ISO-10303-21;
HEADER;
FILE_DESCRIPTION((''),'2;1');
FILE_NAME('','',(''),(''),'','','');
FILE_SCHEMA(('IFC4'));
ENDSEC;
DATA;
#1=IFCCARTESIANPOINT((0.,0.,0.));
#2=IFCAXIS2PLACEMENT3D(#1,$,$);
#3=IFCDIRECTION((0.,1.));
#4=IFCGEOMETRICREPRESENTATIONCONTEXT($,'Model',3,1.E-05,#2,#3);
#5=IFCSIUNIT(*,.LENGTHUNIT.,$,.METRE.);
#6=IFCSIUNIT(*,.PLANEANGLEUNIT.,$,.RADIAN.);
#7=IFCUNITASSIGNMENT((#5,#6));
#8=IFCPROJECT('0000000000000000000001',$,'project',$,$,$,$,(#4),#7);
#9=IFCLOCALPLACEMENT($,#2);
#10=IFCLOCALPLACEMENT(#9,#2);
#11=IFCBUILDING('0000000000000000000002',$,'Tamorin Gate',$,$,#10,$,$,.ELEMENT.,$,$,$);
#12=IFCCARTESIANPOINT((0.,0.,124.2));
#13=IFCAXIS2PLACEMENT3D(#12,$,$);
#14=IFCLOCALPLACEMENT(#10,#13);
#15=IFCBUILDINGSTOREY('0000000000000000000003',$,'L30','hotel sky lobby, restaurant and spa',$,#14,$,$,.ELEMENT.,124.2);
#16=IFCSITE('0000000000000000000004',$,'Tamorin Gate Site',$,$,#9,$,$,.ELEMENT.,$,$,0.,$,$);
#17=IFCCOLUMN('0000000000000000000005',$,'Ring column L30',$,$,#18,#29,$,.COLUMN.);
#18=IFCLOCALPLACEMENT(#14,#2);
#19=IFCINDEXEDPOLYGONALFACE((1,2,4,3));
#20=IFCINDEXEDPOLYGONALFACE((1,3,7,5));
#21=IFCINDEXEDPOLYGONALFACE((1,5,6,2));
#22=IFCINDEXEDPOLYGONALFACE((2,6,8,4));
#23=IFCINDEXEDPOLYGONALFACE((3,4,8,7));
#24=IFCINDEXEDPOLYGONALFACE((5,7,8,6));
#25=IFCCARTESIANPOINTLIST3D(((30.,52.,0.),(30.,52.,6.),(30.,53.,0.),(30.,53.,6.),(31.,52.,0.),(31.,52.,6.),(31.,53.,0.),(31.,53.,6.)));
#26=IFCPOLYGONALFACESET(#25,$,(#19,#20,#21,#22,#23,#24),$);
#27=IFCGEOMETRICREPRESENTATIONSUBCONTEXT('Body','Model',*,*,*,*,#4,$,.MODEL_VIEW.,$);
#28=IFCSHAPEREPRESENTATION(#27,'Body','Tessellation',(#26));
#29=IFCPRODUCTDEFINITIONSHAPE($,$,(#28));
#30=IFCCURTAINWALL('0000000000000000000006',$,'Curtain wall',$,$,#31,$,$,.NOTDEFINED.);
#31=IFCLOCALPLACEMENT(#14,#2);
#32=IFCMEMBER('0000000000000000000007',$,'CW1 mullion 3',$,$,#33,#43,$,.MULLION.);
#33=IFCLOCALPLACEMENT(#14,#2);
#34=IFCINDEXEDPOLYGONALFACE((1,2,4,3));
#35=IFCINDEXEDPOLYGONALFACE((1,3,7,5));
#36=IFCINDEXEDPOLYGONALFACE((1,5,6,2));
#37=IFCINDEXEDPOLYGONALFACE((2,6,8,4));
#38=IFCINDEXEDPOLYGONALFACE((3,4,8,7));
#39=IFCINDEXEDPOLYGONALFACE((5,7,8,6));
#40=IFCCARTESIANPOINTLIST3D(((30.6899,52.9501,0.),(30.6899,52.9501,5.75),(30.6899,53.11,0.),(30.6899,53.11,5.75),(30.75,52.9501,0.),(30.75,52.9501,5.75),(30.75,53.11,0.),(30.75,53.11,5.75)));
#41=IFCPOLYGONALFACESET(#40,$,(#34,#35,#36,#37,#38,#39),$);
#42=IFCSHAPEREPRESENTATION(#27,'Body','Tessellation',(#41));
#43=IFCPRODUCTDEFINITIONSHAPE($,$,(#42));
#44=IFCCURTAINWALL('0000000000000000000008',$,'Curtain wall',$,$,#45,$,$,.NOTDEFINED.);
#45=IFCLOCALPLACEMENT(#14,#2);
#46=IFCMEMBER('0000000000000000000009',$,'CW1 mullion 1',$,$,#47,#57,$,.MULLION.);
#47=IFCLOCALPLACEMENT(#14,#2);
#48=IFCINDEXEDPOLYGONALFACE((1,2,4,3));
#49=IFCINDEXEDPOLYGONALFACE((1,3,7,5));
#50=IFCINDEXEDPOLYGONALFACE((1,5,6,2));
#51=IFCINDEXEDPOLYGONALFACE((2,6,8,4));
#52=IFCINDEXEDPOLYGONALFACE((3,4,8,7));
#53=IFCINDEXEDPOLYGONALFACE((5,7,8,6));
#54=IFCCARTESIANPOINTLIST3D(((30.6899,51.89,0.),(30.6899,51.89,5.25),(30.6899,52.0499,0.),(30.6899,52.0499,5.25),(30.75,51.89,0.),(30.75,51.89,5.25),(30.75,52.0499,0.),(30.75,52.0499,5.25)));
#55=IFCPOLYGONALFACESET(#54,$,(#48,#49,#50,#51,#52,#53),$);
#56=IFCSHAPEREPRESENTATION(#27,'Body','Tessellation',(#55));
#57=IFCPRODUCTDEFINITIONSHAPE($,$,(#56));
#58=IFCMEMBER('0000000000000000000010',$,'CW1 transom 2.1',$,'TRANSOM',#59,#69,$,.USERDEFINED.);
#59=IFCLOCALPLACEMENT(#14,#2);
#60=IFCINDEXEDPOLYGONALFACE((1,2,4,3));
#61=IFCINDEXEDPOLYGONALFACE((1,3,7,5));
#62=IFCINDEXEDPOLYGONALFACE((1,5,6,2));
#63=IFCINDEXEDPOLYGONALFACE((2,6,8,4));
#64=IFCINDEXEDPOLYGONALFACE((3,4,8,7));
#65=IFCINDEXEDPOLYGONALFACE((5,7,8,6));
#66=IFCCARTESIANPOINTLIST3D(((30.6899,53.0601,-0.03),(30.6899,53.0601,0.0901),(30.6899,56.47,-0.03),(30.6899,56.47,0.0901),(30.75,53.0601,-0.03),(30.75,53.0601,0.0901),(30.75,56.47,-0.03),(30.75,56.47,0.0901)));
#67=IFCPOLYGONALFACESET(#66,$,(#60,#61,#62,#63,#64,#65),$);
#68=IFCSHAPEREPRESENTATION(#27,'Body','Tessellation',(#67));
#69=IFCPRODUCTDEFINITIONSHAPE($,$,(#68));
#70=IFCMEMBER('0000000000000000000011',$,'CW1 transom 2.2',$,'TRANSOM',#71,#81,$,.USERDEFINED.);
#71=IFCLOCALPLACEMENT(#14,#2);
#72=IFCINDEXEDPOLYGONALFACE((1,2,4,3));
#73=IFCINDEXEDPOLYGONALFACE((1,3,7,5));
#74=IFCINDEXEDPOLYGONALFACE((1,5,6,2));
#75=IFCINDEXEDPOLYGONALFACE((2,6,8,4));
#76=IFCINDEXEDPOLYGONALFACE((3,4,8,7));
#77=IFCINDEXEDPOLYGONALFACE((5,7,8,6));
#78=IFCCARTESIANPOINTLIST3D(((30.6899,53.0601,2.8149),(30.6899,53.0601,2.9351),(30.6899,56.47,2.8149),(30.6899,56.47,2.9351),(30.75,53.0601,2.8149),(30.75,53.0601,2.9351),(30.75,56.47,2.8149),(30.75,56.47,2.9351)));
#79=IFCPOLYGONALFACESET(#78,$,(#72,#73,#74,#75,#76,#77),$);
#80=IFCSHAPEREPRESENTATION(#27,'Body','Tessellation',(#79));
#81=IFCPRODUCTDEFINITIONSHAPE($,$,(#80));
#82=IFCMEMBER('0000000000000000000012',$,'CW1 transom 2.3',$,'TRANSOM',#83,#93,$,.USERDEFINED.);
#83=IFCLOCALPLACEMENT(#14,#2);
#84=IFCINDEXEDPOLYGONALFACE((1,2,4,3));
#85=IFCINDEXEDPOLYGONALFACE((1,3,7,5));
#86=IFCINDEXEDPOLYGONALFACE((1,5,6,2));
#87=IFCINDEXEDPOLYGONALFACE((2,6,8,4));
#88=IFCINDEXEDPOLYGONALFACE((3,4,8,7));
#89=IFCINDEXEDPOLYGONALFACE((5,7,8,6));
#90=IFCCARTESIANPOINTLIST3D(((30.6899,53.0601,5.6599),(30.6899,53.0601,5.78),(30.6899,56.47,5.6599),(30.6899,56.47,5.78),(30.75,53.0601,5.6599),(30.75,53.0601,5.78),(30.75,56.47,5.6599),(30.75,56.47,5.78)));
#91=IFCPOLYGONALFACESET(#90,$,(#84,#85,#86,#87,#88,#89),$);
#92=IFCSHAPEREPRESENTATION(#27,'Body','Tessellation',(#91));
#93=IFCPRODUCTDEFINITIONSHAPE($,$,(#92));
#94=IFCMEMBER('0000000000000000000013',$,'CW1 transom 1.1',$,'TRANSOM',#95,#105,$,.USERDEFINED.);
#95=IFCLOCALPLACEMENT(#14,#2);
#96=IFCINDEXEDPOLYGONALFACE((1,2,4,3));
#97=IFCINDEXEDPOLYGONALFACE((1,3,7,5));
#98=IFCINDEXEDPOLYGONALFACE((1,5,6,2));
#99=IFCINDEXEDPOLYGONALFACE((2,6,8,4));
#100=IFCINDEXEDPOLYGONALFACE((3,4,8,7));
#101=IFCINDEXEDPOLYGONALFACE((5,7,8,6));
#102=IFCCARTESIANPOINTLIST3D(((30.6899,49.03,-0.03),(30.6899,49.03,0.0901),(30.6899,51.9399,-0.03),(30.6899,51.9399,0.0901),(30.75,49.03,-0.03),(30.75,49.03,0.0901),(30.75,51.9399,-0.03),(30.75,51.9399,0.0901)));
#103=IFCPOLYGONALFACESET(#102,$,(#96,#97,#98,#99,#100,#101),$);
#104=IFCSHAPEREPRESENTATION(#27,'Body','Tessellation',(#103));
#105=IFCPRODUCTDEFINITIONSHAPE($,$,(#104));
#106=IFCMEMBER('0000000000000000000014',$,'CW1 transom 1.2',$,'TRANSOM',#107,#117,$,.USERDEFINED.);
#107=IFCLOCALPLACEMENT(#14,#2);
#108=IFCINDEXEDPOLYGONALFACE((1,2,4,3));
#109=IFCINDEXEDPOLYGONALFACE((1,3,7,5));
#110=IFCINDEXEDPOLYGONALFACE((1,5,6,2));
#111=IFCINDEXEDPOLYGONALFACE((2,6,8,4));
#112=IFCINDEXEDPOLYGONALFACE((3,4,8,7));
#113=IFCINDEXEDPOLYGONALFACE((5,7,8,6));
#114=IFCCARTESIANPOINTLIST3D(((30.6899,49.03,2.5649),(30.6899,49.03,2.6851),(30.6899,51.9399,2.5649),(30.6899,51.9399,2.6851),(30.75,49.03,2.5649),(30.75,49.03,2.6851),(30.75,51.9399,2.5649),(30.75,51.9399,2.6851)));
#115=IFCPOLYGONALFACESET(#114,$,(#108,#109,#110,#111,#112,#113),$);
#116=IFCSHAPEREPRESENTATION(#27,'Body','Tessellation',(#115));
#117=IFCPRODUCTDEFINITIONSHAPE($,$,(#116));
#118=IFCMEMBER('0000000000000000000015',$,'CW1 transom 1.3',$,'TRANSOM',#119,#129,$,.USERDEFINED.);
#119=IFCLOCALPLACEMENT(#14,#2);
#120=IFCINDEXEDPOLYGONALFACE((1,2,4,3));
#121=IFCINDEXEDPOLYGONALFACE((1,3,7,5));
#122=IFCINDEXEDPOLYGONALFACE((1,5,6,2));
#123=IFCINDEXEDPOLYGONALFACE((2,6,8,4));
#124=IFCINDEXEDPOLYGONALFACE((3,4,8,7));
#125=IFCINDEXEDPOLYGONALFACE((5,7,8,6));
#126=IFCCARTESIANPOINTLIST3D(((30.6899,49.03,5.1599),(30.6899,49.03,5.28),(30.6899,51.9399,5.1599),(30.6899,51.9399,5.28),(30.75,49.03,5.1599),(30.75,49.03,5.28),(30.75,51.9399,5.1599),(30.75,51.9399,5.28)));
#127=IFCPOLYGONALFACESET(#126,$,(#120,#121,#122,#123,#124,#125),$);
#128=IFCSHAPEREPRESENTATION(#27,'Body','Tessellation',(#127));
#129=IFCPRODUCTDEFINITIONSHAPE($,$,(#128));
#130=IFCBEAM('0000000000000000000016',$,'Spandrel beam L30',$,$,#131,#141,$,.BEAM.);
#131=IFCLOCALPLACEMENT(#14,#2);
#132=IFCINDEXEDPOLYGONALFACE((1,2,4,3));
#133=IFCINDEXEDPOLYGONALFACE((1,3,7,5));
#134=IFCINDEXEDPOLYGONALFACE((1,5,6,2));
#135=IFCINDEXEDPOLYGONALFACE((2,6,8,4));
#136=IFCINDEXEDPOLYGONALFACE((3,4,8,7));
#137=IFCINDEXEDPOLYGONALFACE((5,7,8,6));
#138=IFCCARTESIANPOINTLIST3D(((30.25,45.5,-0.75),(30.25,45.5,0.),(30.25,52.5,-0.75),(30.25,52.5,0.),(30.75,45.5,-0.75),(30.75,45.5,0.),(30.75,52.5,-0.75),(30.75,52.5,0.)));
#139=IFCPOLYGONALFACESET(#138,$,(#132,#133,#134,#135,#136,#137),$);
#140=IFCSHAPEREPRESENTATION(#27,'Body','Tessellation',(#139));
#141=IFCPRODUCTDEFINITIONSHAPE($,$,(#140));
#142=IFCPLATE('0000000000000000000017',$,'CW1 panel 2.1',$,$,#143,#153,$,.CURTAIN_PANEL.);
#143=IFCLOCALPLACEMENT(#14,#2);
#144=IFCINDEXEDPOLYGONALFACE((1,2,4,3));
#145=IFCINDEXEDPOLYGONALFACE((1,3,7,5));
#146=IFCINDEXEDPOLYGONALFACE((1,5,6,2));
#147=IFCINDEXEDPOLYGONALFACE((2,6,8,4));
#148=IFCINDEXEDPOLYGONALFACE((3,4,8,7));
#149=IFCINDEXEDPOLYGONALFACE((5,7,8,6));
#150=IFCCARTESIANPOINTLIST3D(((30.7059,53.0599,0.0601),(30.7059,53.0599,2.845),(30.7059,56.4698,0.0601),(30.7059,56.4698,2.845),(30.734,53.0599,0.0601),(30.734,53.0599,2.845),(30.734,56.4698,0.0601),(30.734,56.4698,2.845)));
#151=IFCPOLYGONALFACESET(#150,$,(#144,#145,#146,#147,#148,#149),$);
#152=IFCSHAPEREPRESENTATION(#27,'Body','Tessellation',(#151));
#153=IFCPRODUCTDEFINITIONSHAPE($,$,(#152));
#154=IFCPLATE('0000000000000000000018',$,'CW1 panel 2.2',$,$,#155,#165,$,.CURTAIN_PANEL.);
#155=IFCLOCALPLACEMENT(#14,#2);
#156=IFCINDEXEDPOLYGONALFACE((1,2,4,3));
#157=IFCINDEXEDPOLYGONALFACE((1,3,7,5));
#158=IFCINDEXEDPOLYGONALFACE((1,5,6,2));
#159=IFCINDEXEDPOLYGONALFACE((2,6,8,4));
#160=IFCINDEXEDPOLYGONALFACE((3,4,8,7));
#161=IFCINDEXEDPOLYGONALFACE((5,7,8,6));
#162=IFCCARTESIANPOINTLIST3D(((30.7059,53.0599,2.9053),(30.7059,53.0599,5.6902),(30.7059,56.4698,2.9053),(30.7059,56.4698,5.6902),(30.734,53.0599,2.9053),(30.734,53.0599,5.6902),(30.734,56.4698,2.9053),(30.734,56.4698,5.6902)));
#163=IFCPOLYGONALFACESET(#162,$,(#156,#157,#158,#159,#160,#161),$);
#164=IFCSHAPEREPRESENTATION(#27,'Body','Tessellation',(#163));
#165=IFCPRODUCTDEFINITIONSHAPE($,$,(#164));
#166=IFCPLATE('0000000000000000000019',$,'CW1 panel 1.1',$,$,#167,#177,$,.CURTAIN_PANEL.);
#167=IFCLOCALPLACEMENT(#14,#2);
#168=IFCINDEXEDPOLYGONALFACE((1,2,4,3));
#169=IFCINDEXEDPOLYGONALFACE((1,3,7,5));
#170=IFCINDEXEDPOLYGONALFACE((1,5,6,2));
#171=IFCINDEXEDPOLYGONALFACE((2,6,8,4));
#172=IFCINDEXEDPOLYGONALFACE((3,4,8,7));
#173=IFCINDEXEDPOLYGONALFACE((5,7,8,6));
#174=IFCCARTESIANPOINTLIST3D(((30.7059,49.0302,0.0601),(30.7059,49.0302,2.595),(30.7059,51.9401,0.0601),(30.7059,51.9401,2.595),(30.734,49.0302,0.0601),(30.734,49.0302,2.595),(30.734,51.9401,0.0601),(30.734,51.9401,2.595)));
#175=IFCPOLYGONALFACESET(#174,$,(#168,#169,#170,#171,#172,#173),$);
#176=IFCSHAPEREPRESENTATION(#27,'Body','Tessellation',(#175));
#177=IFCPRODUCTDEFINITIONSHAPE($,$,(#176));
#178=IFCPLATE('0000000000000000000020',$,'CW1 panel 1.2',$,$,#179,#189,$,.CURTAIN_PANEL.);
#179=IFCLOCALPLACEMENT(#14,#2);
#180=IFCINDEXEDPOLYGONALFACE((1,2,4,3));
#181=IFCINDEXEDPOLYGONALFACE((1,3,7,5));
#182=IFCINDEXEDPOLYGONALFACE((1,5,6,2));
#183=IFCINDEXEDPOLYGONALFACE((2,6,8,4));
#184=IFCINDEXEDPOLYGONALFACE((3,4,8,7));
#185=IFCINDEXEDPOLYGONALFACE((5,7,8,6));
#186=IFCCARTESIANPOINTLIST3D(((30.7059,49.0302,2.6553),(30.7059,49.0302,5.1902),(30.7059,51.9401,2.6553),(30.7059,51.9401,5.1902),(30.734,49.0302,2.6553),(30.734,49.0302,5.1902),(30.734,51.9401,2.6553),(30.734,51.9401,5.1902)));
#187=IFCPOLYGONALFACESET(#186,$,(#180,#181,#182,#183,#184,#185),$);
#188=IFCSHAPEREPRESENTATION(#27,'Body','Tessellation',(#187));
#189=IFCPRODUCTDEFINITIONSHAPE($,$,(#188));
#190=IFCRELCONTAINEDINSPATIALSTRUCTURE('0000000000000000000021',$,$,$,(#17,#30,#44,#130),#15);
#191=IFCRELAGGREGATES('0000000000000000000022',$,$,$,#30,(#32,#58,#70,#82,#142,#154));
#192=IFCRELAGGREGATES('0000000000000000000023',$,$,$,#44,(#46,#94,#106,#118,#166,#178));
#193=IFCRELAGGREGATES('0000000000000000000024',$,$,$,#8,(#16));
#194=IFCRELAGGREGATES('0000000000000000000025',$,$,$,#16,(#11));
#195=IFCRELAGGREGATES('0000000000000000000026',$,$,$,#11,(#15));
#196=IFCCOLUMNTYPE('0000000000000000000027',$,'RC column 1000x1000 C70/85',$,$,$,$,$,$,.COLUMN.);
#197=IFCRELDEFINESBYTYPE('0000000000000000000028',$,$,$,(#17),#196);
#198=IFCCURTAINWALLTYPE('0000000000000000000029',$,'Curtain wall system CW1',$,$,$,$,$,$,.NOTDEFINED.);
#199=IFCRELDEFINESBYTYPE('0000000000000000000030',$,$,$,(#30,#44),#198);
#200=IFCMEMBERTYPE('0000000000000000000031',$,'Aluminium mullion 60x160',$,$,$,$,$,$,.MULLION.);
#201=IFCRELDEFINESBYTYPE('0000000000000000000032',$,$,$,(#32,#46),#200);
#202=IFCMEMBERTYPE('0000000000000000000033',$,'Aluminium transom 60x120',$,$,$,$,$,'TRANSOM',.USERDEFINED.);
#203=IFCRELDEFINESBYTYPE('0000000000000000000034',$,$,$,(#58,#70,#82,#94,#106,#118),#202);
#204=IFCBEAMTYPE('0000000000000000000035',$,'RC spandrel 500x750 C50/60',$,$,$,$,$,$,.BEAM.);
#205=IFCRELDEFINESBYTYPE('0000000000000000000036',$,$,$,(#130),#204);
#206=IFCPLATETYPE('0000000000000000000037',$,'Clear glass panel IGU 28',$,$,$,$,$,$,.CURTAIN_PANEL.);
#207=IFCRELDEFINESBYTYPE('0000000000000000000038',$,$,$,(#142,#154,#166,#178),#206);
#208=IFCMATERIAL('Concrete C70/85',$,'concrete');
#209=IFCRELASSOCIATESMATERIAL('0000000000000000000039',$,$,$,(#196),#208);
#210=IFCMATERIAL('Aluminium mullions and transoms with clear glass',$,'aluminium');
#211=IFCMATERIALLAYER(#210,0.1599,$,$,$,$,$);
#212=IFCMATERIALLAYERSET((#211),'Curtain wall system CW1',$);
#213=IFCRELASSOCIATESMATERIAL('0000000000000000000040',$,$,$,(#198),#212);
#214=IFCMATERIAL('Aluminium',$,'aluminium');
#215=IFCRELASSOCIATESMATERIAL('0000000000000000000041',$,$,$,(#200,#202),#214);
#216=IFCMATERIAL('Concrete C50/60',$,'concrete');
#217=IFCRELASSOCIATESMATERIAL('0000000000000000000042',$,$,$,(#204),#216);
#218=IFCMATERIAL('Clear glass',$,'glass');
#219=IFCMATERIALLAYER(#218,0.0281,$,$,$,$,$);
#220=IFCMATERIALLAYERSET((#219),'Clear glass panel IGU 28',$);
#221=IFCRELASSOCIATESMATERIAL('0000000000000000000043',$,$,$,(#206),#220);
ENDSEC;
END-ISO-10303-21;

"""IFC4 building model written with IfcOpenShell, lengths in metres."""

from ifc_helpers import new_model, si_unit, direction, frame, origin, origin_2d, place, context, subcontext, project, spatial, rectangle, extrude, material, layer, layer_set, material_profile, profile_set, type_object, element, aggregate, save


model = new_model("IFC4")

# Units and contexts
model_context = context("Model", 3, precision=1e-05, world=origin(), true_north=direction((0.0, 1.0)))
body_context = subcontext(model_context, "Body", "Model", "MODEL_VIEW")
ifc_project = project(units=[si_unit("LENGTHUNIT", "METRE"), si_unit("PLANEANGLEUNIT", "RADIAN")], contexts=[model_context])

# Site, building, storey
site_placement = place(None, origin())
site = spatial("IfcSite", under=ifc_project, at=site_placement, Name="Tamorin Gate Site", CompositionType="ELEMENT", RefElevation=0.0)
building_placement = place(site_placement, origin())
building = spatial("IfcBuilding", under=site, at=building_placement, Name="Tamorin Gate", CompositionType="ELEMENT")
storey_placement = place(building_placement, frame((0.0, 0.0, 124.2)))
storey = spatial("IfcBuildingStorey", under=building, at=storey_placement, Name="L30", Description="hotel sky lobby, restaurant and spa", CompositionType="ELEMENT", Elevation=124.2)

# Column
ifc_material_1 = material(Name="Concrete C70/85", Category="concrete")
ifc_material_profile_1 = material_profile(ifc_material_1, rectangle(XDim=1.0, YDim=1.0, at=origin_2d()), Name="RC 1000x1000")
ifc_profile_set_1 = profile_set([ifc_material_profile_1], Name="Concrete C70/85")
column_type = type_object("IfcColumnType", Name="RC column 1000x1000 C70/85", PredefinedType="COLUMN", material=ifc_profile_set_1)
column_placement = place(storey_placement, frame((30.5, 52.5, 0.0), z_axis=(0.0, 0.0, 1.0), x_axis=(1.0, 0.0, 0.0)))
element("IfcColumn", 1, at=column_placement, inside=storey, type_object=column_type, Name="Ring column L30", PredefinedType="COLUMN", context=body_context, shape_type="SweptSolid", body=[
    extrude(rectangle(XDim=1.0, YDim=1.0, at=origin_2d()), origin(), (0.0, 0.0, 1.0), 6.0),
])

# Curtain walls, members
ifc_material_2 = material(Name="Aluminium mullions and transoms with clear glass", Category="aluminium")
ifc_layer_1 = layer(ifc_material_2, 0.1599)
ifc_layer_set_1 = layer_set([ifc_layer_1], Name="Curtain wall system CW1")
curtain_wall_type = type_object("IfcCurtainWallType", Name="Curtain wall system CW1", PredefinedType="NOTDEFINED", material=ifc_layer_set_1)
curtain_wall_1_placement = place(storey_placement, origin())
curtain_wall_1 = element("IfcCurtainWall", 2, at=curtain_wall_1_placement, inside=storey, type_object=curtain_wall_type, Name="Curtain wall", PredefinedType="NOTDEFINED")
ifc_material_3 = material(Name="Aluminium", Category="aluminium")
ifc_material_profile_2 = material_profile(ifc_material_3, rectangle(XDim=0.0601, YDim=0.1599, at=origin_2d()), Name="RECT 60x160")
ifc_profile_set_2 = profile_set([ifc_material_profile_2], Name="Aluminium")
member_type_1 = type_object("IfcMemberType", Name="Aluminium mullion 60x160", PredefinedType="MULLION", material=ifc_profile_set_2)
member_1_placement = place(storey_placement, frame((30.72, 53.03, 0.0), z_axis=(0.0, 0.0, 1.0), x_axis=(1.0, 0.0, 0.0)))
member_1 = element("IfcMember", 3, at=member_1_placement, type_object=member_type_1, Name="CW1 mullion 3", PredefinedType="MULLION", context=body_context, shape_type="SweptSolid", body=[
    extrude(rectangle(XDim=0.0601, YDim=0.1599, at=origin_2d()), origin(), (0.0, 0.0, 1.0), 5.75),
])
curtain_wall_2_placement = place(storey_placement, origin())
curtain_wall_2 = element("IfcCurtainWall", 4, at=curtain_wall_2_placement, inside=storey, type_object=curtain_wall_type, Name="Curtain wall", PredefinedType="NOTDEFINED")
member_2_placement = place(storey_placement, frame((30.72, 51.97, 0.0), z_axis=(0.0, 0.0, 1.0), x_axis=(1.0, 0.0, 0.0)))
member_2 = element("IfcMember", 5, at=member_2_placement, type_object=member_type_1, Name="CW1 mullion 1", PredefinedType="MULLION", context=body_context, shape_type="SweptSolid", body=[
    extrude(rectangle(XDim=0.0601, YDim=0.1599, at=origin_2d()), origin(), (0.0, 0.0, 1.0), 5.25),
])

# Members
ifc_material_profile_3 = material_profile(ifc_material_3, rectangle(XDim=0.0601, YDim=0.1201, at=origin_2d()), Name="RECT 60x120")
ifc_profile_set_3 = profile_set([ifc_material_profile_3], Name="Aluminium")
member_type_2 = type_object("IfcMemberType", Name="Aluminium transom 60x120", ElementType="TRANSOM", PredefinedType="USERDEFINED", material=ifc_profile_set_3)
member_3_placement = place(storey_placement, frame((30.72, 56.47, 0.03), z_axis=(0.0, -1.0, 0.0), x_axis=(1.0, 0.0, 0.0)))
member_3 = element("IfcMember", 6, at=member_3_placement, type_object=member_type_2, Name="CW1 transom 2.1", ObjectType="TRANSOM", PredefinedType="USERDEFINED", context=body_context, shape_type="SweptSolid", body=[
    extrude(rectangle(XDim=0.0601, YDim=0.1201, at=origin_2d()), origin(), (0.0, 0.0, 1.0), 3.4099),
])
member_4_placement = place(storey_placement, frame((30.72, 56.47, 2.875), z_axis=(0.0, -1.0, 0.0), x_axis=(1.0, 0.0, 0.0)))
member_4 = element("IfcMember", 7, at=member_4_placement, type_object=member_type_2, Name="CW1 transom 2.2", ObjectType="TRANSOM", PredefinedType="USERDEFINED", context=body_context, shape_type="SweptSolid", body=[
    extrude(rectangle(XDim=0.0601, YDim=0.1201, at=origin_2d()), origin(), (0.0, 0.0, 1.0), 3.4099),
])
member_5_placement = place(storey_placement, frame((30.72, 56.47, 5.72), z_axis=(0.0, -1.0, 0.0), x_axis=(1.0, 0.0, 0.0)))
member_5 = element("IfcMember", 8, at=member_5_placement, type_object=member_type_2, Name="CW1 transom 2.3", ObjectType="TRANSOM", PredefinedType="USERDEFINED", context=body_context, shape_type="SweptSolid", body=[
    extrude(rectangle(XDim=0.0601, YDim=0.1201, at=origin_2d()), origin(), (0.0, 0.0, 1.0), 3.4099),
])
member_6_placement = place(storey_placement, frame((30.72, 51.9399, 0.03), z_axis=(0.0, -1.0, 0.0), x_axis=(1.0, 0.0, 0.0)))
member_6 = element("IfcMember", 9, at=member_6_placement, type_object=member_type_2, Name="CW1 transom 1.1", ObjectType="TRANSOM", PredefinedType="USERDEFINED", context=body_context, shape_type="SweptSolid", body=[
    extrude(rectangle(XDim=0.0601, YDim=0.1201, at=origin_2d()), origin(), (0.0, 0.0, 1.0), 2.9099),
])
member_7_placement = place(storey_placement, frame((30.72, 51.9399, 2.625), z_axis=(0.0, -1.0, 0.0), x_axis=(1.0, 0.0, 0.0)))
member_7 = element("IfcMember", 10, at=member_7_placement, type_object=member_type_2, Name="CW1 transom 1.2", ObjectType="TRANSOM", PredefinedType="USERDEFINED", context=body_context, shape_type="SweptSolid", body=[
    extrude(rectangle(XDim=0.0601, YDim=0.1201, at=origin_2d()), origin(), (0.0, 0.0, 1.0), 2.9099),
])
member_8_placement = place(storey_placement, frame((30.72, 51.9399, 5.22), z_axis=(0.0, -1.0, 0.0), x_axis=(1.0, 0.0, 0.0)))
member_8 = element("IfcMember", 11, at=member_8_placement, type_object=member_type_2, Name="CW1 transom 1.3", ObjectType="TRANSOM", PredefinedType="USERDEFINED", context=body_context, shape_type="SweptSolid", body=[
    extrude(rectangle(XDim=0.0601, YDim=0.1201, at=origin_2d()), origin(), (0.0, 0.0, 1.0), 2.9099),
])

# Beam
ifc_material_4 = material(Name="Concrete C50/60", Category="concrete")
ifc_material_profile_4 = material_profile(ifc_material_4, rectangle(XDim=0.5, YDim=0.75, at=origin_2d()), Name="RC 500x750")
ifc_profile_set_4 = profile_set([ifc_material_profile_4], Name="Concrete C50/60")
beam_type = type_object("IfcBeamType", Name="RC spandrel 500x750 C50/60", PredefinedType="BEAM", material=ifc_profile_set_4)
beam_placement = place(storey_placement, frame((30.5, 52.5, -0.375), z_axis=(0.0, -1.0, 0.0), x_axis=(1.0, 0.0, 0.0)))
element("IfcBeam", 12, at=beam_placement, inside=storey, type_object=beam_type, Name="Spandrel beam L30", PredefinedType="BEAM", context=body_context, shape_type="SweptSolid", body=[
    extrude(rectangle(XDim=0.5, YDim=0.75, at=origin_2d()), origin(), (0.0, 0.0, 1.0), 7.0),
])

# Plates
ifc_material_5 = material(Name="Clear glass", Category="glass")
ifc_layer_2 = layer(ifc_material_5, 0.0281)
ifc_layer_set_2 = layer_set([ifc_layer_2], Name="Clear glass panel IGU 28")
plate_type = type_object("IfcPlateType", Name="Clear glass panel IGU 28", PredefinedType="CURTAIN_PANEL", material=ifc_layer_set_2)
plate_1_placement = place(storey_placement, frame((30.72, 54.7649, 0.0601), z_axis=(0.0, 0.0, 1.0), x_axis=(0.0, -1.0, 0.0)))
plate_1 = element("IfcPlate", 13, at=plate_1_placement, type_object=plate_type, Name="CW1 panel 2.1", PredefinedType="CURTAIN_PANEL", context=body_context, shape_type="SweptSolid", body=[
    extrude(rectangle(XDim=3.4099, YDim=0.0281, at=origin_2d()), origin(), (0.0, 0.0, 1.0), 2.7849),
])
plate_2_placement = place(storey_placement, frame((30.72, 54.7649, 2.9053), z_axis=(0.0, 0.0, 1.0), x_axis=(0.0, -1.0, 0.0)))
plate_2 = element("IfcPlate", 14, at=plate_2_placement, type_object=plate_type, Name="CW1 panel 2.2", PredefinedType="CURTAIN_PANEL", context=body_context, shape_type="SweptSolid", body=[
    extrude(rectangle(XDim=3.4099, YDim=0.0281, at=origin_2d()), origin(), (0.0, 0.0, 1.0), 2.7849),
])
aggregate(curtain_wall_1, [member_1, member_3, member_4, member_5, plate_1, plate_2])
plate_3_placement = place(storey_placement, frame((30.72, 50.4851, 0.0601), z_axis=(0.0, 0.0, 1.0), x_axis=(0.0, -1.0, 0.0)))
plate_3 = element("IfcPlate", 15, at=plate_3_placement, type_object=plate_type, Name="CW1 panel 1.1", PredefinedType="CURTAIN_PANEL", context=body_context, shape_type="SweptSolid", body=[
    extrude(rectangle(XDim=2.9099, YDim=0.0281, at=origin_2d()), origin(), (0.0, 0.0, 1.0), 2.5349),
])
plate_4_placement = place(storey_placement, frame((30.72, 50.4851, 2.6553), z_axis=(0.0, 0.0, 1.0), x_axis=(0.0, -1.0, 0.0)))
plate_4 = element("IfcPlate", 16, at=plate_4_placement, type_object=plate_type, Name="CW1 panel 1.2", PredefinedType="CURTAIN_PANEL", context=body_context, shape_type="SweptSolid", body=[
    extrude(rectangle(XDim=2.9099, YDim=0.0281, at=origin_2d()), origin(), (0.0, 0.0, 1.0), 2.5349),
])
aggregate(curtain_wall_2, [member_2, member_6, member_7, member_8, plate_3, plate_4])

save(model, "model.ifc")
